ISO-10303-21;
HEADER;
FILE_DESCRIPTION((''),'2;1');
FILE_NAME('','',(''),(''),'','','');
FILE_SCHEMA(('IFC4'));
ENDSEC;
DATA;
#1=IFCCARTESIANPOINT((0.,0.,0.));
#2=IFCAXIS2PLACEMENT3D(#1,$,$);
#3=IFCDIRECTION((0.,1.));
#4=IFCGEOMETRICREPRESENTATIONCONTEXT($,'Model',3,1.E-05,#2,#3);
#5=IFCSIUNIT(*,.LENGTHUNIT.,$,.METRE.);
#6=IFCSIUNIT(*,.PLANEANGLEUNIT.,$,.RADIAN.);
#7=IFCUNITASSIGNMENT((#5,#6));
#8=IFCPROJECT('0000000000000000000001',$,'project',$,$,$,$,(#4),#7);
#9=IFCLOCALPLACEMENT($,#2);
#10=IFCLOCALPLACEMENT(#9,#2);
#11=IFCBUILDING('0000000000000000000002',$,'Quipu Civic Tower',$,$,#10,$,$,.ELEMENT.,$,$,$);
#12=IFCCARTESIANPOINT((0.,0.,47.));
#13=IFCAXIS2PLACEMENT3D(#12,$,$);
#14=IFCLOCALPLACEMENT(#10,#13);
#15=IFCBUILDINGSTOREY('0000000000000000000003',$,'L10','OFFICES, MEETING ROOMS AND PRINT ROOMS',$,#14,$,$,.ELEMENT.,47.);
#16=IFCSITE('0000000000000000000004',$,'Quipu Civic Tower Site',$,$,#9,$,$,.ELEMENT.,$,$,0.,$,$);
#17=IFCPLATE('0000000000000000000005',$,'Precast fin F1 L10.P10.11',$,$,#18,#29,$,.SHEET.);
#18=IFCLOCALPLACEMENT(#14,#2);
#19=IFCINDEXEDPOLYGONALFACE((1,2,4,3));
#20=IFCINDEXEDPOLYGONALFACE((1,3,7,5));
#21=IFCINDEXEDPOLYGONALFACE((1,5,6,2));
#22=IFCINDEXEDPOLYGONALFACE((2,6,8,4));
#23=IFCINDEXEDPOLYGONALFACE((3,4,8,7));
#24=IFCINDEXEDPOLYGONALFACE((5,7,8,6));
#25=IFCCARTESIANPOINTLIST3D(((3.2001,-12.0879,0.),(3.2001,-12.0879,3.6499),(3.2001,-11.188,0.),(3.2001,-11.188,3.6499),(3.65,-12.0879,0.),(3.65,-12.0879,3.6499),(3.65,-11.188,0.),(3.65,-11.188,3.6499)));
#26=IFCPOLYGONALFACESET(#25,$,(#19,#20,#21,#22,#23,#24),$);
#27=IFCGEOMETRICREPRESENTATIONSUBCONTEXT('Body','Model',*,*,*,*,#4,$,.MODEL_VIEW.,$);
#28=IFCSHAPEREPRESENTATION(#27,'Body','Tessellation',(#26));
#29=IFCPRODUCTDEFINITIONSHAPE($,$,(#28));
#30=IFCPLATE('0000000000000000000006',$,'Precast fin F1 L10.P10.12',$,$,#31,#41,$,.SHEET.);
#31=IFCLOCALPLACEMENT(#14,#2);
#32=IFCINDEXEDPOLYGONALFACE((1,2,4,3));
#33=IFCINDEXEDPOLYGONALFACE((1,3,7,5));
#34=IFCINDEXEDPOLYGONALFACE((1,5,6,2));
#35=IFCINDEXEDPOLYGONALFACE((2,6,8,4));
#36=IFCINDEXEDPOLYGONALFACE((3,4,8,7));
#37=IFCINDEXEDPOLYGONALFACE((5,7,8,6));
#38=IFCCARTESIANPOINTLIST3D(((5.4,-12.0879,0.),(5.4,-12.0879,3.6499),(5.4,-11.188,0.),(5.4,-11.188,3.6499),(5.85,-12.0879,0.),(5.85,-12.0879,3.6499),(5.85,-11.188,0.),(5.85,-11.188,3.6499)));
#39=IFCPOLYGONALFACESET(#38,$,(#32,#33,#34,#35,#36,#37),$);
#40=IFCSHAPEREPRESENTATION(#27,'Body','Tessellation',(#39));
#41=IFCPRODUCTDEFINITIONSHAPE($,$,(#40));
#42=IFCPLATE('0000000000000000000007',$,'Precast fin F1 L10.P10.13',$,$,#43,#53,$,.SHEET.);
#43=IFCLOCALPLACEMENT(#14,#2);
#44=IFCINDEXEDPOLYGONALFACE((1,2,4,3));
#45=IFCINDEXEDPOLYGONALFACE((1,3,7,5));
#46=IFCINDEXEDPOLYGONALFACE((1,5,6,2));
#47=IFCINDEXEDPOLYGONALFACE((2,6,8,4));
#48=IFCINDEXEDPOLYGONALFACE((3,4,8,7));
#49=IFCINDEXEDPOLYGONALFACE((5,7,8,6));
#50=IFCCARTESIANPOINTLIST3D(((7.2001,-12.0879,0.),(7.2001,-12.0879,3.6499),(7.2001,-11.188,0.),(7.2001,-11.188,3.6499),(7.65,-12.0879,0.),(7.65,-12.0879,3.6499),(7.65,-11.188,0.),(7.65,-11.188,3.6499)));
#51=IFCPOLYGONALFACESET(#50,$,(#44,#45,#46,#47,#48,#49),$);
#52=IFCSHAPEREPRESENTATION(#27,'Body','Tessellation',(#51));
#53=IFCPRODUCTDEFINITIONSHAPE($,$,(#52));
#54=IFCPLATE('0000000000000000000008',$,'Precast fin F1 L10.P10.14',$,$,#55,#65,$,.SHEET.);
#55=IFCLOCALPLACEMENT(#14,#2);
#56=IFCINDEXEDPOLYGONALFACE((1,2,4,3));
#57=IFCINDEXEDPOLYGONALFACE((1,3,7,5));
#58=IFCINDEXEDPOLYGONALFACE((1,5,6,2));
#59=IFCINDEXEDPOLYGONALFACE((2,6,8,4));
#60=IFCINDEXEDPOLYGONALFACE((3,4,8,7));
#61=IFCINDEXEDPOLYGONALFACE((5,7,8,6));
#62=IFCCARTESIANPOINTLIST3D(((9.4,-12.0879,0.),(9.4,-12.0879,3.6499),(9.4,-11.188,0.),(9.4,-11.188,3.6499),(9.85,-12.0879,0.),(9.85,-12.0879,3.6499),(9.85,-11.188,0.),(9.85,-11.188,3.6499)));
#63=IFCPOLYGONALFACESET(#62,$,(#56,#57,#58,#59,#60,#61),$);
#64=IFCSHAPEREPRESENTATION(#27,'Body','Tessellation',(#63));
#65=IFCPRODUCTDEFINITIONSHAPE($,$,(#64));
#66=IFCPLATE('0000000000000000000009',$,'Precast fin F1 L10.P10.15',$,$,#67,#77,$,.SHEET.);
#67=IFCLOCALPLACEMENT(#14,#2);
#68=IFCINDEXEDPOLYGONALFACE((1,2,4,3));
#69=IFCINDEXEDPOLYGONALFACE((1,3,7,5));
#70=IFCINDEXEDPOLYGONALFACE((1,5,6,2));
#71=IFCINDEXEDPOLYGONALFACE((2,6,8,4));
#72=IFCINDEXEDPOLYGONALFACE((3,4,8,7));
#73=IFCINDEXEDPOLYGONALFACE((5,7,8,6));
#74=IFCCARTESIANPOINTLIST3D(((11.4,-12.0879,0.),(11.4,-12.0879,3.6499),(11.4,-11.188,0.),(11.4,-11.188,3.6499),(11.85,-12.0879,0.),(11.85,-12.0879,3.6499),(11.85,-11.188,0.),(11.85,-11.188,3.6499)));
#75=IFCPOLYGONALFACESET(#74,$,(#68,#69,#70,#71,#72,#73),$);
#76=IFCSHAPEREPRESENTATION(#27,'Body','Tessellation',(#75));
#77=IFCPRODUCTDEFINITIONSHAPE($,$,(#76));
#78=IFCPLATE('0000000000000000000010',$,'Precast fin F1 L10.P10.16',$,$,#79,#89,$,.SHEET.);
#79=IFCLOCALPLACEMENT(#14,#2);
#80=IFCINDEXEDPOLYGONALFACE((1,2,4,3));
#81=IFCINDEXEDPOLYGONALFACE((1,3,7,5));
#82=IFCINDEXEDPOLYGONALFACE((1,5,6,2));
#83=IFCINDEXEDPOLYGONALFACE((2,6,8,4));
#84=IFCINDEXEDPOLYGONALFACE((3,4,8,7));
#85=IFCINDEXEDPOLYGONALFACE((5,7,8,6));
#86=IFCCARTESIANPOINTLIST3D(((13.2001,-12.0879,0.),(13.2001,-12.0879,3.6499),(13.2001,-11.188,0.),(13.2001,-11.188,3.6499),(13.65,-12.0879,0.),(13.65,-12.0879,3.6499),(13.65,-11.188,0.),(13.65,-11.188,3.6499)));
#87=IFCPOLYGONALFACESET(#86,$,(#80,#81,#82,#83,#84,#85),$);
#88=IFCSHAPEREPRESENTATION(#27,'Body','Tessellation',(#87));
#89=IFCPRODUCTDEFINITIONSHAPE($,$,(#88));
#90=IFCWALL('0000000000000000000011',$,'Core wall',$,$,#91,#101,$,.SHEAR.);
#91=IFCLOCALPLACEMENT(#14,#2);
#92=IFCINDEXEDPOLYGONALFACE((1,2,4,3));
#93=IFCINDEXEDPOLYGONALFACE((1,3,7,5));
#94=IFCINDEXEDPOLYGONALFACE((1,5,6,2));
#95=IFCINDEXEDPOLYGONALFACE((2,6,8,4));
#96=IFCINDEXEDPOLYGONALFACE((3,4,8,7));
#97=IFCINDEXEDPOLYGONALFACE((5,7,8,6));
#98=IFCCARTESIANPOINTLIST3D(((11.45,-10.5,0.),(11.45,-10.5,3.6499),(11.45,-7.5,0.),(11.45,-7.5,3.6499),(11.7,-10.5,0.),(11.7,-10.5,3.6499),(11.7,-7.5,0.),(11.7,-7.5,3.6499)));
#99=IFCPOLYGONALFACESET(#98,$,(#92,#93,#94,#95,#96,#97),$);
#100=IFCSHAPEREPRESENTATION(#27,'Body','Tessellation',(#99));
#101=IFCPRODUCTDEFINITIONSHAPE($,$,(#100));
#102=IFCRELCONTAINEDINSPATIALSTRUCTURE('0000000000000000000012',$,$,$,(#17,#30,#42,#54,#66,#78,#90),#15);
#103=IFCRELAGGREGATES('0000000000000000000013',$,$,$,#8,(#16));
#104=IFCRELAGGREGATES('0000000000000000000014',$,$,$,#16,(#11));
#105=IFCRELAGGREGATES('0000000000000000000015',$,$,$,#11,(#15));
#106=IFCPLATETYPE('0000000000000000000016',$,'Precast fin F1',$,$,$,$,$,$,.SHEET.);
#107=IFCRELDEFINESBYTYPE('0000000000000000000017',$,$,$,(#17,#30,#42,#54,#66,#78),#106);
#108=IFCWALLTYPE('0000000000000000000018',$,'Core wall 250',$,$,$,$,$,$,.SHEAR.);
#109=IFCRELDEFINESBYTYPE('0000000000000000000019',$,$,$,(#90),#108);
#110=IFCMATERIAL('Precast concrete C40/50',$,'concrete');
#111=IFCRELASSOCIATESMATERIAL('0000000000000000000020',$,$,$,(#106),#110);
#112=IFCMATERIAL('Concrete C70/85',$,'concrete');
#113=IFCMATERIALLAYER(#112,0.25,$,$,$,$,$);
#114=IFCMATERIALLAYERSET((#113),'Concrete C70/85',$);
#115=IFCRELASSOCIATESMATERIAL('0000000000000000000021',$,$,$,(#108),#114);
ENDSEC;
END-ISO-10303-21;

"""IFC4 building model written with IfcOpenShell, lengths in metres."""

from ifc_helpers import new_model, si_unit, direction, frame, frame_2d, origin, origin_2d, place, context, subcontext, project, spatial, rectangle, extrude, material, layer, layer_set, type_object, element, save


model = new_model("IFC4")

# Units and contexts
model_context = context("Model", 3, precision=1e-05, world=origin(), true_north=direction((0.0, 1.0)))
body_context = subcontext(model_context, "Body", "Model", "MODEL_VIEW")
ifc_project = project(units=[si_unit("LENGTHUNIT", "METRE"), si_unit("PLANEANGLEUNIT", "RADIAN")], contexts=[model_context])

# Site, building, storey
site_placement = place(None, origin())
site = spatial("IfcSite", under=ifc_project, at=site_placement, Name="Quipu Civic Tower Site", CompositionType="ELEMENT", RefElevation=0.0)
building_placement = place(site_placement, origin())
building = spatial("IfcBuilding", under=site, at=building_placement, Name="Quipu Civic Tower", CompositionType="ELEMENT")
storey_placement = place(building_placement, frame((0.0, 0.0, 47.0)))
storey = spatial("IfcBuildingStorey", under=building, at=storey_placement, Name="L10", Description="OFFICES, MEETING ROOMS AND PRINT ROOMS", CompositionType="ELEMENT", Elevation=47.0)

# Plates
ifc_material_1 = material(Name="Precast concrete C40/50", Category="concrete")
plate_type = type_object("IfcPlateType", Name="Precast fin F1", PredefinedType="SHEET", material=ifc_material_1)
for number, where, z_axis, x_axis, name in (
    (1, (3.425, -11.6379, 0.0), (0.0, 0.0, 1.0), (1.0, 0.0, 0.0), "Precast fin F1 L10.P10.11"),
    (2, (5.625, -11.6379, 0.0), (0.0, 0.0, 1.0), (1.0, 0.0, 0.0), "Precast fin F1 L10.P10.12"),
    (3, (7.425, -11.6379, 0.0), (0.0, 0.0, 1.0), (1.0, 0.0, 0.0), "Precast fin F1 L10.P10.13"),
    (4, (9.625, -11.6379, 0.0), (0.0, 0.0, 1.0), (1.0, 0.0, 0.0), "Precast fin F1 L10.P10.14"),
    (5, (11.625, -11.6379, 0.0), (0.0, 0.0, 1.0), (1.0, 0.0, 0.0), "Precast fin F1 L10.P10.15"),
    (6, (13.425, -11.6379, 0.0), (0.0, 0.0, 1.0), (1.0, 0.0, 0.0), "Precast fin F1 L10.P10.16"),
):
    element("IfcPlate", number, at=place(storey_placement, frame(where, z_axis=z_axis, x_axis=x_axis)), inside=storey, type_object=plate_type, Name=name, PredefinedType="SHEET", context=body_context, shape_type="SweptSolid", body=[
        extrude(rectangle(XDim=0.45, YDim=0.8999, at=origin_2d()), origin(), (0.0, 0.0, 1.0), 3.6499),
    ])

# Wall
ifc_material_2 = material(Name="Concrete C70/85", Category="concrete")
ifc_layer_1 = layer(ifc_material_2, 0.25)
ifc_layer_set_1 = layer_set([ifc_layer_1], Name="Concrete C70/85")
wall_type_1 = type_object("IfcWallType", Name="Core wall 250", PredefinedType="SHEAR", material=ifc_layer_set_1)
wall_1_placement = place(storey_placement, frame((11.575, -10.5, 0.0), z_axis=(0.0, 0.0, 1.0), x_axis=(0.0, 1.0, 0.0)))
element("IfcWall", 7, at=wall_1_placement, inside=storey, type_object=wall_type_1, Name="Core wall", PredefinedType="SHEAR", context=body_context, shape_type="SweptSolid", body=[
    extrude(rectangle(XDim=3.0, YDim=0.25, at=frame_2d((1.5, 0.0))), origin(), (0.0, 0.0, 1.0), 3.6499),
])

save(model, "model.ifc")
